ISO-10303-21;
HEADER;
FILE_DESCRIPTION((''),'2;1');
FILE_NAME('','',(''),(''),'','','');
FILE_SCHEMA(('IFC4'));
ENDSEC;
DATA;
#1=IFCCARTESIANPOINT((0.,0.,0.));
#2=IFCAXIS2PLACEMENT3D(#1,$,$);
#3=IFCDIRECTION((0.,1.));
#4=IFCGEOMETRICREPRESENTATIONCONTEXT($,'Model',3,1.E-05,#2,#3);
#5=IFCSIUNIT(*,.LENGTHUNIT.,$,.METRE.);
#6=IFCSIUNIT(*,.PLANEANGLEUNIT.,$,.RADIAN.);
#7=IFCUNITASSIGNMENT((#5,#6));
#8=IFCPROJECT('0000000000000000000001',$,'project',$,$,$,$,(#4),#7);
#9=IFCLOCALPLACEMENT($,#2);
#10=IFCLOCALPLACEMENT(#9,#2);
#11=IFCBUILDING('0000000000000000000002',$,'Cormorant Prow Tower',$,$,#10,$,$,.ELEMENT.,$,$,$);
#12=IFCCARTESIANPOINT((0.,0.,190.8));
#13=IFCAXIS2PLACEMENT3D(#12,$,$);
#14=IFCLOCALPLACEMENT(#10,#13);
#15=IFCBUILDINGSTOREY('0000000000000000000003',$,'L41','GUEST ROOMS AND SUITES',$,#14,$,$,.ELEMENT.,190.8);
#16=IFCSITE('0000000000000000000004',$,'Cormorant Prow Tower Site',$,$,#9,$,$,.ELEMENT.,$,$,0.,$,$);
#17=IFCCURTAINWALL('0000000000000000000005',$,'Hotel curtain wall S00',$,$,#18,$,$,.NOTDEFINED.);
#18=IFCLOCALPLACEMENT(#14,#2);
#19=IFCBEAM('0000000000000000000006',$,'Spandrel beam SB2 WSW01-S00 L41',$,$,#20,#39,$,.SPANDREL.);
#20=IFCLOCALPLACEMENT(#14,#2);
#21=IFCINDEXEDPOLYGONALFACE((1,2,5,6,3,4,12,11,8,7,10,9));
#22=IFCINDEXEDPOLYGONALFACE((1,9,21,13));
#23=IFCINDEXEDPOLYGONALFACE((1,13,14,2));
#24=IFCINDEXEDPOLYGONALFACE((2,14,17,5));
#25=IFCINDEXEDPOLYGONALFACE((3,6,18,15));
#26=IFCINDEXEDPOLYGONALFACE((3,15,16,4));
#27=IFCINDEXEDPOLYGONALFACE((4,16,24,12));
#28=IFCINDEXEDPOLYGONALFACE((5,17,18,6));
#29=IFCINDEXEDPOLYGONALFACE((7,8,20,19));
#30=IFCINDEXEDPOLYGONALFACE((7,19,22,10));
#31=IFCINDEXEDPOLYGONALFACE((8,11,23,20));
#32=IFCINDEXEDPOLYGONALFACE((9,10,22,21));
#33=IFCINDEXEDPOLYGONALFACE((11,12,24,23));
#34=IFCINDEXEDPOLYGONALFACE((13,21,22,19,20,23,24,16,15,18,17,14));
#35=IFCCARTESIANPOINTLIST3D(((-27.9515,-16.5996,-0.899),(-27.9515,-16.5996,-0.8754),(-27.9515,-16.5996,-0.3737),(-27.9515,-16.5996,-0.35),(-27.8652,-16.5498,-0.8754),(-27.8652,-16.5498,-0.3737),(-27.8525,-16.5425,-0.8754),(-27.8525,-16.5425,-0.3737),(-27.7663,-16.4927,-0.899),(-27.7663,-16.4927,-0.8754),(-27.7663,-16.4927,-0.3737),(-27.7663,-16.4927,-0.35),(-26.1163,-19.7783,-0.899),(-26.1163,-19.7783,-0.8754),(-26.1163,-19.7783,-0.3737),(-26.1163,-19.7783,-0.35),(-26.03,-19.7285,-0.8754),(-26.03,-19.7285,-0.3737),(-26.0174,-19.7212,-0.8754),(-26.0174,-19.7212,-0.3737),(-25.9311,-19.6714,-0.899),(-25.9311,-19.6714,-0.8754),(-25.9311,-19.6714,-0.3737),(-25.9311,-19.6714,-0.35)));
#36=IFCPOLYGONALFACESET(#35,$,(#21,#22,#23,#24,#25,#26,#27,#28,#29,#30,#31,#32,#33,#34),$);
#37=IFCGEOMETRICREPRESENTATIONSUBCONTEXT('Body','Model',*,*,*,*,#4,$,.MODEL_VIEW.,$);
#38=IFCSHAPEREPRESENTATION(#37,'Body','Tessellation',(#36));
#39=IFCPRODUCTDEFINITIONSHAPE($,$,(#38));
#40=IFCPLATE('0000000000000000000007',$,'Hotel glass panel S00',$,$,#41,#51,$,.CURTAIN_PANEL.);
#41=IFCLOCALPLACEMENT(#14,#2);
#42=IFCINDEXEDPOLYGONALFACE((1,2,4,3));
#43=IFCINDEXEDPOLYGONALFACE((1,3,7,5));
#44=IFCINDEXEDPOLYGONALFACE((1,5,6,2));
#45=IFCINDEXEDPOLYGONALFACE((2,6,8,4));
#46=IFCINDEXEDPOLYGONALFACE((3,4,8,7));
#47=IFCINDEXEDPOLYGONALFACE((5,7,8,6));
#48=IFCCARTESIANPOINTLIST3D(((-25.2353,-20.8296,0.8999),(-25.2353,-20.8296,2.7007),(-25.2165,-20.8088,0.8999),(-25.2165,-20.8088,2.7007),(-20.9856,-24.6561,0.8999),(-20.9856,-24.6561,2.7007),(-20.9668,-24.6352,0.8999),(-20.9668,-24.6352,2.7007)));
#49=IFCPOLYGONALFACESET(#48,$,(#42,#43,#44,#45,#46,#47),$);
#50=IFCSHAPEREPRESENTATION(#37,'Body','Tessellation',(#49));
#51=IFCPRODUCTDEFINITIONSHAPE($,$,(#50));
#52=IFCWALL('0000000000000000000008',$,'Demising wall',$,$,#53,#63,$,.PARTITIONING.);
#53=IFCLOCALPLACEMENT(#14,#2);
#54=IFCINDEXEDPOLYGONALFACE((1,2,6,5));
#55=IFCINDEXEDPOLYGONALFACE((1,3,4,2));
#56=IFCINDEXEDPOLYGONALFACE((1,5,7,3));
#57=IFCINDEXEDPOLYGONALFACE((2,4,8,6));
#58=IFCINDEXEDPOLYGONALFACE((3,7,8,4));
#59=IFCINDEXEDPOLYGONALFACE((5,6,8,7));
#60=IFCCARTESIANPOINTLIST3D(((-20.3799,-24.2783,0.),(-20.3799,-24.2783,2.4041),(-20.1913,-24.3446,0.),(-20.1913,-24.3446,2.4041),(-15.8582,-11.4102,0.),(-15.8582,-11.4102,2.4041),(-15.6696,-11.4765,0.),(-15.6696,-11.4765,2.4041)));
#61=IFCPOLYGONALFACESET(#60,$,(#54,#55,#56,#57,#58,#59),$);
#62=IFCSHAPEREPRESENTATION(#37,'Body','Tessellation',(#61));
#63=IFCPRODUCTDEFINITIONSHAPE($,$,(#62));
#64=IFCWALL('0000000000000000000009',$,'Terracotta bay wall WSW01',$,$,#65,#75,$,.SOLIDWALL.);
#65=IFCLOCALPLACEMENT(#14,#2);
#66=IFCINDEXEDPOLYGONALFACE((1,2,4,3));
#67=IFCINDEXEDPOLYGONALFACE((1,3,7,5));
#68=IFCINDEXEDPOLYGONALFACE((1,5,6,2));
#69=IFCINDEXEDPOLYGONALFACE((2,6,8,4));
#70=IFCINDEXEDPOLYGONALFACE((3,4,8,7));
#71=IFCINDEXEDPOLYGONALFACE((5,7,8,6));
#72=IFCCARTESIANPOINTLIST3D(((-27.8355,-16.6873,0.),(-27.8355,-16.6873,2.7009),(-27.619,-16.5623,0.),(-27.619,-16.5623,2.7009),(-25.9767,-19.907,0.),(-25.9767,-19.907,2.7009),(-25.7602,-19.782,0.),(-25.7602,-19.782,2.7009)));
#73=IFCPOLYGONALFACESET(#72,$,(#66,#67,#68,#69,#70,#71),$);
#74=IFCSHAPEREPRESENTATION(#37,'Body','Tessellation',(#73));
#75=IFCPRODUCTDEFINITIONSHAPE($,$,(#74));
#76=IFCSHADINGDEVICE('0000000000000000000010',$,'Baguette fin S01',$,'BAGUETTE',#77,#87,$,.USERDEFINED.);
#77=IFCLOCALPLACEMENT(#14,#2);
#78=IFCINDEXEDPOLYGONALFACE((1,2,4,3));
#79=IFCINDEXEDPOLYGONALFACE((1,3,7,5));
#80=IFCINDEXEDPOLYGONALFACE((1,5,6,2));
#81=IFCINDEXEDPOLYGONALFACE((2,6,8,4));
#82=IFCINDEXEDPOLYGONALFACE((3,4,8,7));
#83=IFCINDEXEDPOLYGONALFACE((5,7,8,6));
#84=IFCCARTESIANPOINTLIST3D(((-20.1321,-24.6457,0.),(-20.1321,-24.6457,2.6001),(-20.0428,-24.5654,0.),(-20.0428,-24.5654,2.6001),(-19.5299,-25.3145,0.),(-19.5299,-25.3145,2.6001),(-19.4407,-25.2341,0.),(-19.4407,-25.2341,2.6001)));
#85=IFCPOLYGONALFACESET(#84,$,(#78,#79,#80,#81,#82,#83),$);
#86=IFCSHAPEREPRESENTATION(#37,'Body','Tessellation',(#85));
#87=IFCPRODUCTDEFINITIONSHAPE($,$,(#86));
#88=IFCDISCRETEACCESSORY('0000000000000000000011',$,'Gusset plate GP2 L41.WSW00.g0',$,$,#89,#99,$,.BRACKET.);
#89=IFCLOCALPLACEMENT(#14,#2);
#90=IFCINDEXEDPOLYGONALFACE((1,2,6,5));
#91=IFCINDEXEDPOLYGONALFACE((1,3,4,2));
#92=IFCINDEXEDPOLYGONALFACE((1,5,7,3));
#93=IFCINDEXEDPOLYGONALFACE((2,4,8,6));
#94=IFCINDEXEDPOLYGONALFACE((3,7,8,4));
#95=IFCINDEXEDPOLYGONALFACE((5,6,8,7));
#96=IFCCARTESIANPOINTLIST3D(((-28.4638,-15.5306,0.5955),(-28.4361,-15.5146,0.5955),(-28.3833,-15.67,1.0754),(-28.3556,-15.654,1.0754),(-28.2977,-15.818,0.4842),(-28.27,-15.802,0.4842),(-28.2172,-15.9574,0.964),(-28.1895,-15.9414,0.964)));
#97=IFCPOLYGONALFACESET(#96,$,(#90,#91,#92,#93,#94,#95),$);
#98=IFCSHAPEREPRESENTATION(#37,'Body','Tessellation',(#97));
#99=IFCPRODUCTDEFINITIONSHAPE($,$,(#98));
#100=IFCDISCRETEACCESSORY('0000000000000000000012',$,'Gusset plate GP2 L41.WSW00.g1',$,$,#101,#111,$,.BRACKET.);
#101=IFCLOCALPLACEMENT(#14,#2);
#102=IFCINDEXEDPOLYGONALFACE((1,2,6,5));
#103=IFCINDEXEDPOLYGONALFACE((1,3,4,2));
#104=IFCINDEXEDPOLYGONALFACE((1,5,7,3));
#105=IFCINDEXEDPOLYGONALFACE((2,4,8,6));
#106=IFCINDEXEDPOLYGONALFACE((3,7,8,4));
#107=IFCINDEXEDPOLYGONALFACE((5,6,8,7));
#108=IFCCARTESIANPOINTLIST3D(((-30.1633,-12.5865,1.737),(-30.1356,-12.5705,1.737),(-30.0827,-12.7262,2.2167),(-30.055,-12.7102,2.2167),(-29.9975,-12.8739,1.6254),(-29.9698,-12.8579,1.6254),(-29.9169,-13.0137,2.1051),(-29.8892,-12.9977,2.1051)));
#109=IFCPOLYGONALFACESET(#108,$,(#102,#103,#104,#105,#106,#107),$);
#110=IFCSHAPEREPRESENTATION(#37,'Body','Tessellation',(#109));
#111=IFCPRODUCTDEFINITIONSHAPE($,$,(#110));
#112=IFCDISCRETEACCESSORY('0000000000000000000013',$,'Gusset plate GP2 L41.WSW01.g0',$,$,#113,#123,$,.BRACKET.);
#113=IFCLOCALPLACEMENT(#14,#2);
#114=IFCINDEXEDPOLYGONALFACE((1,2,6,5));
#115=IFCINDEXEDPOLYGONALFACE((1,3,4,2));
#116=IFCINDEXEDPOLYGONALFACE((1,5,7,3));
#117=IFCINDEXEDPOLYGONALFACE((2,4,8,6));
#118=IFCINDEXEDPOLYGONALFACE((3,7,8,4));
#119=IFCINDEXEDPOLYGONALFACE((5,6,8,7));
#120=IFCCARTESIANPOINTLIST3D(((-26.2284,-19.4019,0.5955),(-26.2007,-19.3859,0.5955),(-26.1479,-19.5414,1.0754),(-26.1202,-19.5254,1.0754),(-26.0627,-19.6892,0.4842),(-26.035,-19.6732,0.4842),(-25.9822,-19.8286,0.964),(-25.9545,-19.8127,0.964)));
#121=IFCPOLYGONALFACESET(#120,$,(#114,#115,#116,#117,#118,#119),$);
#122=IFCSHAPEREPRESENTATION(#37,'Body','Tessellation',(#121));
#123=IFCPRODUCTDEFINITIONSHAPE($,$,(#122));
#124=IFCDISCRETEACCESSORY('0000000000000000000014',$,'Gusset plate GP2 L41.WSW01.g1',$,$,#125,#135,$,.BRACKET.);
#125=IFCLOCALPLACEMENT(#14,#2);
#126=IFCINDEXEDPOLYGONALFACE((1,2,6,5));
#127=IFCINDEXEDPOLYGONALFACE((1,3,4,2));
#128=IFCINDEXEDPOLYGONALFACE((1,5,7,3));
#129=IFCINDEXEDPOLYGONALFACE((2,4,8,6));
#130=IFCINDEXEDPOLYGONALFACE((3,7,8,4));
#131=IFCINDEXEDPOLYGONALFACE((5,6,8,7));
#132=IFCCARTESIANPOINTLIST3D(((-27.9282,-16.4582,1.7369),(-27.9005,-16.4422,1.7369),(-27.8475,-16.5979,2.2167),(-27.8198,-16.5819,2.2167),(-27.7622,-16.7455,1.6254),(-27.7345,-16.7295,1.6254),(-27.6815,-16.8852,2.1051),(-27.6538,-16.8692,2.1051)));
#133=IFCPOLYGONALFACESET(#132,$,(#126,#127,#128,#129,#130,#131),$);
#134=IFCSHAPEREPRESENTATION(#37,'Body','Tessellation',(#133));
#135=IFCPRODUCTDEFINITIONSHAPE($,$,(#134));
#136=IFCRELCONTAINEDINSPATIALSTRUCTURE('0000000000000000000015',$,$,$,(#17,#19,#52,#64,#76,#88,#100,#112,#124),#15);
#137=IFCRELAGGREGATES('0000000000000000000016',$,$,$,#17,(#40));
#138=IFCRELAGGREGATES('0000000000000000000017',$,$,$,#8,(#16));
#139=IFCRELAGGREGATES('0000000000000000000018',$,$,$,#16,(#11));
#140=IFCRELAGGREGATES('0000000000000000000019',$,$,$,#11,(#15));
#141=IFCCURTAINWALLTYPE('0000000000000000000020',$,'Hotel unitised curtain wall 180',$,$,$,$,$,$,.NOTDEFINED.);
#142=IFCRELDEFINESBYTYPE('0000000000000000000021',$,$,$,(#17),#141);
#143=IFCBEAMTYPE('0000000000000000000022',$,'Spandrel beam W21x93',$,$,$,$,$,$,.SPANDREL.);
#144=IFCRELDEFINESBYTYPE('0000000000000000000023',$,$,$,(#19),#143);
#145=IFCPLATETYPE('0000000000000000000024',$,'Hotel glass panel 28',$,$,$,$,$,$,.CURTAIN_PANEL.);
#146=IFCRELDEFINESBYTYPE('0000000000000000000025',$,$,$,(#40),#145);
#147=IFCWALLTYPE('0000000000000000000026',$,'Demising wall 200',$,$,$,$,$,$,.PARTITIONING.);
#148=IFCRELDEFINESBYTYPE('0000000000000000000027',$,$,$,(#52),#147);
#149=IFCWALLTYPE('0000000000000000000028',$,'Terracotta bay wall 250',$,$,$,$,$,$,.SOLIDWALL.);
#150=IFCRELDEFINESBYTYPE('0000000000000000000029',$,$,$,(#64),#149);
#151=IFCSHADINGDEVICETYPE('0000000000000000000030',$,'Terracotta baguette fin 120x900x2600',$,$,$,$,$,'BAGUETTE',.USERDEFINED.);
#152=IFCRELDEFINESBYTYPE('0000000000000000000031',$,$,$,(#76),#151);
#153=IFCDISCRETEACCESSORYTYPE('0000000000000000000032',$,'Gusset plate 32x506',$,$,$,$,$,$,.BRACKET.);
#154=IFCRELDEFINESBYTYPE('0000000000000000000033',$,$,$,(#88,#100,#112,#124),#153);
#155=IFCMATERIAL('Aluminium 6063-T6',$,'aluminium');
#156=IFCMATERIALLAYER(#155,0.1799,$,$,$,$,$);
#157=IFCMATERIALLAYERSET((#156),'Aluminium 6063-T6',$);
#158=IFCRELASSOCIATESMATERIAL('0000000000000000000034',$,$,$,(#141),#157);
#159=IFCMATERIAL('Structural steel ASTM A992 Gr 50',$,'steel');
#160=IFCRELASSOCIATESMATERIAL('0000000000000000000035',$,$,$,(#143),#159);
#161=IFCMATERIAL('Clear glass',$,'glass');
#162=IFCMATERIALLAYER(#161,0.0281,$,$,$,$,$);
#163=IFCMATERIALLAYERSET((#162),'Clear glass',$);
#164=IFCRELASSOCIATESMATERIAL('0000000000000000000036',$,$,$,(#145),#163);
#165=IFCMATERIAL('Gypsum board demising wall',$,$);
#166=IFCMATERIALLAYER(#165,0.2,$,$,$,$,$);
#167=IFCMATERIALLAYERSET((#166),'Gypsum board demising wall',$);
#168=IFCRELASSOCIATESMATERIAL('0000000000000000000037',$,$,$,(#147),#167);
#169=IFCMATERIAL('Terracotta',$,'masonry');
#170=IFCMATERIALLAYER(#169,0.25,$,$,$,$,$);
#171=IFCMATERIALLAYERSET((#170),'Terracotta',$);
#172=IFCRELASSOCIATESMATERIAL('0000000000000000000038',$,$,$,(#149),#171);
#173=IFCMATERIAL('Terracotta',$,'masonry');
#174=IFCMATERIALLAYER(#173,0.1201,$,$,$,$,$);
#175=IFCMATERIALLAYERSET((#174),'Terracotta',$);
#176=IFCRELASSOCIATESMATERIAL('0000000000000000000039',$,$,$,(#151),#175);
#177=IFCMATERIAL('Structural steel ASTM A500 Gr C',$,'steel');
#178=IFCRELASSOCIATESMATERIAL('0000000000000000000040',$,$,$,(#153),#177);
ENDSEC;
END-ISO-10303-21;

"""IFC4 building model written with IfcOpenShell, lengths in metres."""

from ifc_helpers import new_model, si_unit, direction, frame, frame_2d, origin, origin_2d, place, context, subcontext, project, spatial, rectangle, i_section, extrude, material, layer, layer_set, material_profile, profile_set, type_object, element, aggregate, save


model = new_model("IFC4")

# Units and contexts
model_context = context("Model", 3, precision=1e-05, world=origin(), true_north=direction((0.0, 1.0)))
body_context = subcontext(model_context, "Body", "Model", "MODEL_VIEW")
ifc_project = project(units=[si_unit("LENGTHUNIT", "METRE"), si_unit("PLANEANGLEUNIT", "RADIAN")], contexts=[model_context])

# Site, building, storey
site_placement = place(None, origin())
site = spatial("IfcSite", under=ifc_project, at=site_placement, Name="Cormorant Prow Tower Site", CompositionType="ELEMENT", RefElevation=0.0)
building_placement = place(site_placement, origin())
building = spatial("IfcBuilding", under=site, at=building_placement, Name="Cormorant Prow Tower", CompositionType="ELEMENT")
storey_placement = place(building_placement, frame((0.0, 0.0, 190.8)))
storey = spatial("IfcBuildingStorey", under=building, at=storey_placement, Name="L41", Description="GUEST ROOMS AND SUITES", CompositionType="ELEMENT", Elevation=190.8)

# Curtain wall
ifc_material_1 = material(Name="Aluminium 6063-T6", Category="aluminium")
ifc_layer_1 = layer(ifc_material_1, 0.1799)
ifc_layer_set_1 = layer_set([ifc_layer_1], Name="Aluminium 6063-T6")
curtain_wall_type = type_object("IfcCurtainWallType", Name="Hotel unitised curtain wall 180", PredefinedType="NOTDEFINED", material=ifc_layer_set_1)
curtain_wall_placement = place(storey_placement, origin())
curtain_wall = element("IfcCurtainWall", 1, at=curtain_wall_placement, inside=storey, type_object=curtain_wall_type, Name="Hotel curtain wall S00", PredefinedType="NOTDEFINED")

# Beam
ifc_material_2 = material(Name="Structural steel ASTM A992 Gr 50", Category="steel")
ifc_material_profile_1 = material_profile(ifc_material_2, i_section(OverallWidth=0.2139, OverallDepth=0.5491, WebThickness=0.0146, FlangeThickness=0.0237, at=origin_2d()), Name="W21x93")
ifc_profile_set_1 = profile_set([ifc_material_profile_1], Name="Structural steel ASTM A992 Gr 50")
beam_type = type_object("IfcBeamType", Name="Spandrel beam W21x93", PredefinedType="SPANDREL", material=ifc_profile_set_1)
for number, where, z_axis, x_axis, name in (
    (2, (-27.8589, -16.5461, -0.6245), (0.499995, -0.866028, 0.0), (0.866028, 0.499995, 0.0), "Spandrel beam SB2 WSW01-S00 L41"),
):
    element("IfcBeam", number, at=place(storey_placement, frame(where, z_axis=z_axis, x_axis=x_axis)), inside=storey, type_object=beam_type, Name=name, PredefinedType="SPANDREL", context=body_context, shape_type="SweptSolid", body=[
        extrude(i_section(OverallWidth=0.2139, OverallDepth=0.5491, WebThickness=0.0146, FlangeThickness=0.0237, at=origin_2d()), origin(), (0.0, 0.0, 1.0), 3.6704),
    ])

# Plate
ifc_material_3 = material(Name="Clear glass", Category="glass")
ifc_layer_2 = layer(ifc_material_3, 0.0281)
ifc_layer_set_2 = layer_set([ifc_layer_2], Name="Clear glass")
plate_type = type_object("IfcPlateType", Name="Hotel glass panel 28", PredefinedType="CURTAIN_PANEL", material=ifc_layer_set_2)
plate_placement = place(storey_placement, frame((-23.1011, -22.7324, 0.8999), z_axis=(0.0, 0.0, 1.0), x_axis=(0.743145, -0.669131, 0.0)))
plate = element("IfcPlate", 3, at=plate_placement, type_object=plate_type, Name="Hotel glass panel S00", PredefinedType="CURTAIN_PANEL", context=body_context, shape_type="SweptSolid", body=[
    extrude(rectangle(XDim=5.7185, YDim=0.0281, at=origin_2d()), origin(), (0.0, 0.0, 1.0), 1.8008),
])
aggregate(curtain_wall, [plate])

# Walls
ifc_material_4 = material(Name="Gypsum board demising wall")
ifc_layer_3 = layer(ifc_material_4, 0.2)
ifc_layer_set_3 = layer_set([ifc_layer_3], Name="Gypsum board demising wall")
wall_type_1 = type_object("IfcWallType", Name="Demising wall 200", PredefinedType="PARTITIONING", material=ifc_layer_set_3)
wall_1_placement = place(storey_placement, frame((-20.2856, -24.3115, 0.0), z_axis=(0.0, 0.0, 1.0), x_axis=(0.331517, 0.943449, 0.0)))
element("IfcWall", 4, at=wall_1_placement, inside=storey, type_object=wall_type_1, Name="Demising wall", PredefinedType="PARTITIONING", context=body_context, shape_type="SweptSolid", body=[
    extrude(rectangle(XDim=13.6394, YDim=0.2, at=frame_2d((6.8198, 0.0))), origin(), (0.0, 0.0, 1.0), 2.4041),
])
ifc_material_5 = material(Name="Terracotta", Category="masonry")
ifc_layer_4 = layer(ifc_material_5, 0.25)
ifc_layer_set_4 = layer_set([ifc_layer_4], Name="Terracotta")
wall_type_2 = type_object("IfcWallType", Name="Terracotta bay wall 250", PredefinedType="SOLIDWALL", material=ifc_layer_set_4)
wall_2_placement = place(storey_placement, frame((-27.7273, -16.6248, 0.0), z_axis=(0.0, 0.0, 1.0), x_axis=(0.499995, -0.866028, 0.0)))
element("IfcWall", 5, at=wall_2_placement, inside=storey, type_object=wall_type_2, Name="Terracotta bay wall WSW01", PredefinedType="SOLIDWALL", context=body_context, shape_type="SweptSolid", body=[
    extrude(rectangle(XDim=3.7178, YDim=0.25, at=frame_2d((1.8589, 0.0))), origin(), (0.0, 0.0, 1.0), 2.7009),
])

# Shading device
ifc_material_6 = material(Name="Terracotta", Category="masonry")
ifc_layer_5 = layer(ifc_material_6, 0.1201)
ifc_layer_set_5 = layer_set([ifc_layer_5], Name="Terracotta")
shading_device_type = type_object("IfcShadingDeviceType", Name="Terracotta baguette fin 120x900x2600", ElementType="BAGUETTE", PredefinedType="USERDEFINED", material=ifc_layer_set_5)
shading_device_placement = place(storey_placement, frame((-19.7864, -24.9399, 0.0), z_axis=(0.0, 0.0, 1.0), x_axis=(0.743145, 0.669131, 0.0)))
element("IfcShadingDevice", 6, at=shading_device_placement, inside=storey, type_object=shading_device_type, Name="Baguette fin S01", ObjectType="BAGUETTE", PredefinedType="USERDEFINED", context=body_context, shape_type="SweptSolid", body=[
    extrude(rectangle(XDim=0.1201, YDim=0.8999, at=origin_2d()), origin(), (0.0, 0.0, 1.0), 2.6001),
])

# Discrete accessories
ifc_material_7 = material(Name="Structural steel ASTM A500 Gr C", Category="steel")
ifc_material_profile_2 = material_profile(ifc_material_7, rectangle(XDim=0.032, YDim=0.5061, at=origin_2d()), Name="Gusset plate 32x506")
ifc_profile_set_2 = profile_set([ifc_material_profile_2], Name="Structural steel ASTM A500 Gr C")
discrete_accessory_type = type_object("IfcDiscreteAccessoryType", Name="Gusset plate 32x506", PredefinedType="BRACKET", material=ifc_profile_set_2)
for number, where, z_axis, x_axis, name in (
    (7, (-28.4097, -15.5923, 0.8354), (0.474278, -0.820919, -0.318045), (0.865879, 0.500253, 0.0), "Gusset plate GP2 L41.WSW00.g0"),
    (8, (-29.9434, -12.9358, 1.8652), (-0.473632, 0.821008, 0.318777), (-0.866198, -0.499701, 0.0), "Gusset plate GP2 L41.WSW00.g1"),
):
    element("IfcDiscreteAccessory", number, at=place(storey_placement, frame(where, z_axis=z_axis, x_axis=x_axis)), inside=storey, type_object=discrete_accessory_type, Name=name, PredefinedType="BRACKET", context=body_context, shape_type="SweptSolid", body=[
        extrude(rectangle(XDim=0.032, YDim=0.5061, at=origin_2d()), origin(), (0.0, 0.0, 1.0), 0.3501),
    ])
discrete_accessory_1_placement = place(storey_placement, frame((-26.1743, -19.4636, 0.8354), z_axis=(0.473737, -0.82119, -0.31815), x_axis=(0.866198, 0.499701, 0.0)))
element("IfcDiscreteAccessory", 9, at=discrete_accessory_1_placement, inside=storey, type_object=discrete_accessory_type, Name="Gusset plate GP2 L41.WSW01.g0", PredefinedType="BRACKET", context=body_context, shape_type="SweptSolid", body=[
    extrude(rectangle(XDim=0.032, YDim=0.5061, at=origin_2d()), origin(), (0.0, 0.0, 1.0), 0.3499),
])
discrete_accessory_2_placement = place(storey_placement, frame((-27.708, -16.8074, 1.8652), z_axis=(-0.474172, 0.820737, 0.318672), x_axis=(-0.865879, -0.500253, 0.0)))
element("IfcDiscreteAccessory", 10, at=discrete_accessory_2_placement, inside=storey, type_object=discrete_accessory_type, Name="Gusset plate GP2 L41.WSW01.g1", PredefinedType="BRACKET", context=body_context, shape_type="SweptSolid", body=[
    extrude(rectangle(XDim=0.032, YDim=0.5061, at=origin_2d()), origin(), (0.0, 0.0, 1.0), 0.3501),
])

save(model, "model.ifc")
